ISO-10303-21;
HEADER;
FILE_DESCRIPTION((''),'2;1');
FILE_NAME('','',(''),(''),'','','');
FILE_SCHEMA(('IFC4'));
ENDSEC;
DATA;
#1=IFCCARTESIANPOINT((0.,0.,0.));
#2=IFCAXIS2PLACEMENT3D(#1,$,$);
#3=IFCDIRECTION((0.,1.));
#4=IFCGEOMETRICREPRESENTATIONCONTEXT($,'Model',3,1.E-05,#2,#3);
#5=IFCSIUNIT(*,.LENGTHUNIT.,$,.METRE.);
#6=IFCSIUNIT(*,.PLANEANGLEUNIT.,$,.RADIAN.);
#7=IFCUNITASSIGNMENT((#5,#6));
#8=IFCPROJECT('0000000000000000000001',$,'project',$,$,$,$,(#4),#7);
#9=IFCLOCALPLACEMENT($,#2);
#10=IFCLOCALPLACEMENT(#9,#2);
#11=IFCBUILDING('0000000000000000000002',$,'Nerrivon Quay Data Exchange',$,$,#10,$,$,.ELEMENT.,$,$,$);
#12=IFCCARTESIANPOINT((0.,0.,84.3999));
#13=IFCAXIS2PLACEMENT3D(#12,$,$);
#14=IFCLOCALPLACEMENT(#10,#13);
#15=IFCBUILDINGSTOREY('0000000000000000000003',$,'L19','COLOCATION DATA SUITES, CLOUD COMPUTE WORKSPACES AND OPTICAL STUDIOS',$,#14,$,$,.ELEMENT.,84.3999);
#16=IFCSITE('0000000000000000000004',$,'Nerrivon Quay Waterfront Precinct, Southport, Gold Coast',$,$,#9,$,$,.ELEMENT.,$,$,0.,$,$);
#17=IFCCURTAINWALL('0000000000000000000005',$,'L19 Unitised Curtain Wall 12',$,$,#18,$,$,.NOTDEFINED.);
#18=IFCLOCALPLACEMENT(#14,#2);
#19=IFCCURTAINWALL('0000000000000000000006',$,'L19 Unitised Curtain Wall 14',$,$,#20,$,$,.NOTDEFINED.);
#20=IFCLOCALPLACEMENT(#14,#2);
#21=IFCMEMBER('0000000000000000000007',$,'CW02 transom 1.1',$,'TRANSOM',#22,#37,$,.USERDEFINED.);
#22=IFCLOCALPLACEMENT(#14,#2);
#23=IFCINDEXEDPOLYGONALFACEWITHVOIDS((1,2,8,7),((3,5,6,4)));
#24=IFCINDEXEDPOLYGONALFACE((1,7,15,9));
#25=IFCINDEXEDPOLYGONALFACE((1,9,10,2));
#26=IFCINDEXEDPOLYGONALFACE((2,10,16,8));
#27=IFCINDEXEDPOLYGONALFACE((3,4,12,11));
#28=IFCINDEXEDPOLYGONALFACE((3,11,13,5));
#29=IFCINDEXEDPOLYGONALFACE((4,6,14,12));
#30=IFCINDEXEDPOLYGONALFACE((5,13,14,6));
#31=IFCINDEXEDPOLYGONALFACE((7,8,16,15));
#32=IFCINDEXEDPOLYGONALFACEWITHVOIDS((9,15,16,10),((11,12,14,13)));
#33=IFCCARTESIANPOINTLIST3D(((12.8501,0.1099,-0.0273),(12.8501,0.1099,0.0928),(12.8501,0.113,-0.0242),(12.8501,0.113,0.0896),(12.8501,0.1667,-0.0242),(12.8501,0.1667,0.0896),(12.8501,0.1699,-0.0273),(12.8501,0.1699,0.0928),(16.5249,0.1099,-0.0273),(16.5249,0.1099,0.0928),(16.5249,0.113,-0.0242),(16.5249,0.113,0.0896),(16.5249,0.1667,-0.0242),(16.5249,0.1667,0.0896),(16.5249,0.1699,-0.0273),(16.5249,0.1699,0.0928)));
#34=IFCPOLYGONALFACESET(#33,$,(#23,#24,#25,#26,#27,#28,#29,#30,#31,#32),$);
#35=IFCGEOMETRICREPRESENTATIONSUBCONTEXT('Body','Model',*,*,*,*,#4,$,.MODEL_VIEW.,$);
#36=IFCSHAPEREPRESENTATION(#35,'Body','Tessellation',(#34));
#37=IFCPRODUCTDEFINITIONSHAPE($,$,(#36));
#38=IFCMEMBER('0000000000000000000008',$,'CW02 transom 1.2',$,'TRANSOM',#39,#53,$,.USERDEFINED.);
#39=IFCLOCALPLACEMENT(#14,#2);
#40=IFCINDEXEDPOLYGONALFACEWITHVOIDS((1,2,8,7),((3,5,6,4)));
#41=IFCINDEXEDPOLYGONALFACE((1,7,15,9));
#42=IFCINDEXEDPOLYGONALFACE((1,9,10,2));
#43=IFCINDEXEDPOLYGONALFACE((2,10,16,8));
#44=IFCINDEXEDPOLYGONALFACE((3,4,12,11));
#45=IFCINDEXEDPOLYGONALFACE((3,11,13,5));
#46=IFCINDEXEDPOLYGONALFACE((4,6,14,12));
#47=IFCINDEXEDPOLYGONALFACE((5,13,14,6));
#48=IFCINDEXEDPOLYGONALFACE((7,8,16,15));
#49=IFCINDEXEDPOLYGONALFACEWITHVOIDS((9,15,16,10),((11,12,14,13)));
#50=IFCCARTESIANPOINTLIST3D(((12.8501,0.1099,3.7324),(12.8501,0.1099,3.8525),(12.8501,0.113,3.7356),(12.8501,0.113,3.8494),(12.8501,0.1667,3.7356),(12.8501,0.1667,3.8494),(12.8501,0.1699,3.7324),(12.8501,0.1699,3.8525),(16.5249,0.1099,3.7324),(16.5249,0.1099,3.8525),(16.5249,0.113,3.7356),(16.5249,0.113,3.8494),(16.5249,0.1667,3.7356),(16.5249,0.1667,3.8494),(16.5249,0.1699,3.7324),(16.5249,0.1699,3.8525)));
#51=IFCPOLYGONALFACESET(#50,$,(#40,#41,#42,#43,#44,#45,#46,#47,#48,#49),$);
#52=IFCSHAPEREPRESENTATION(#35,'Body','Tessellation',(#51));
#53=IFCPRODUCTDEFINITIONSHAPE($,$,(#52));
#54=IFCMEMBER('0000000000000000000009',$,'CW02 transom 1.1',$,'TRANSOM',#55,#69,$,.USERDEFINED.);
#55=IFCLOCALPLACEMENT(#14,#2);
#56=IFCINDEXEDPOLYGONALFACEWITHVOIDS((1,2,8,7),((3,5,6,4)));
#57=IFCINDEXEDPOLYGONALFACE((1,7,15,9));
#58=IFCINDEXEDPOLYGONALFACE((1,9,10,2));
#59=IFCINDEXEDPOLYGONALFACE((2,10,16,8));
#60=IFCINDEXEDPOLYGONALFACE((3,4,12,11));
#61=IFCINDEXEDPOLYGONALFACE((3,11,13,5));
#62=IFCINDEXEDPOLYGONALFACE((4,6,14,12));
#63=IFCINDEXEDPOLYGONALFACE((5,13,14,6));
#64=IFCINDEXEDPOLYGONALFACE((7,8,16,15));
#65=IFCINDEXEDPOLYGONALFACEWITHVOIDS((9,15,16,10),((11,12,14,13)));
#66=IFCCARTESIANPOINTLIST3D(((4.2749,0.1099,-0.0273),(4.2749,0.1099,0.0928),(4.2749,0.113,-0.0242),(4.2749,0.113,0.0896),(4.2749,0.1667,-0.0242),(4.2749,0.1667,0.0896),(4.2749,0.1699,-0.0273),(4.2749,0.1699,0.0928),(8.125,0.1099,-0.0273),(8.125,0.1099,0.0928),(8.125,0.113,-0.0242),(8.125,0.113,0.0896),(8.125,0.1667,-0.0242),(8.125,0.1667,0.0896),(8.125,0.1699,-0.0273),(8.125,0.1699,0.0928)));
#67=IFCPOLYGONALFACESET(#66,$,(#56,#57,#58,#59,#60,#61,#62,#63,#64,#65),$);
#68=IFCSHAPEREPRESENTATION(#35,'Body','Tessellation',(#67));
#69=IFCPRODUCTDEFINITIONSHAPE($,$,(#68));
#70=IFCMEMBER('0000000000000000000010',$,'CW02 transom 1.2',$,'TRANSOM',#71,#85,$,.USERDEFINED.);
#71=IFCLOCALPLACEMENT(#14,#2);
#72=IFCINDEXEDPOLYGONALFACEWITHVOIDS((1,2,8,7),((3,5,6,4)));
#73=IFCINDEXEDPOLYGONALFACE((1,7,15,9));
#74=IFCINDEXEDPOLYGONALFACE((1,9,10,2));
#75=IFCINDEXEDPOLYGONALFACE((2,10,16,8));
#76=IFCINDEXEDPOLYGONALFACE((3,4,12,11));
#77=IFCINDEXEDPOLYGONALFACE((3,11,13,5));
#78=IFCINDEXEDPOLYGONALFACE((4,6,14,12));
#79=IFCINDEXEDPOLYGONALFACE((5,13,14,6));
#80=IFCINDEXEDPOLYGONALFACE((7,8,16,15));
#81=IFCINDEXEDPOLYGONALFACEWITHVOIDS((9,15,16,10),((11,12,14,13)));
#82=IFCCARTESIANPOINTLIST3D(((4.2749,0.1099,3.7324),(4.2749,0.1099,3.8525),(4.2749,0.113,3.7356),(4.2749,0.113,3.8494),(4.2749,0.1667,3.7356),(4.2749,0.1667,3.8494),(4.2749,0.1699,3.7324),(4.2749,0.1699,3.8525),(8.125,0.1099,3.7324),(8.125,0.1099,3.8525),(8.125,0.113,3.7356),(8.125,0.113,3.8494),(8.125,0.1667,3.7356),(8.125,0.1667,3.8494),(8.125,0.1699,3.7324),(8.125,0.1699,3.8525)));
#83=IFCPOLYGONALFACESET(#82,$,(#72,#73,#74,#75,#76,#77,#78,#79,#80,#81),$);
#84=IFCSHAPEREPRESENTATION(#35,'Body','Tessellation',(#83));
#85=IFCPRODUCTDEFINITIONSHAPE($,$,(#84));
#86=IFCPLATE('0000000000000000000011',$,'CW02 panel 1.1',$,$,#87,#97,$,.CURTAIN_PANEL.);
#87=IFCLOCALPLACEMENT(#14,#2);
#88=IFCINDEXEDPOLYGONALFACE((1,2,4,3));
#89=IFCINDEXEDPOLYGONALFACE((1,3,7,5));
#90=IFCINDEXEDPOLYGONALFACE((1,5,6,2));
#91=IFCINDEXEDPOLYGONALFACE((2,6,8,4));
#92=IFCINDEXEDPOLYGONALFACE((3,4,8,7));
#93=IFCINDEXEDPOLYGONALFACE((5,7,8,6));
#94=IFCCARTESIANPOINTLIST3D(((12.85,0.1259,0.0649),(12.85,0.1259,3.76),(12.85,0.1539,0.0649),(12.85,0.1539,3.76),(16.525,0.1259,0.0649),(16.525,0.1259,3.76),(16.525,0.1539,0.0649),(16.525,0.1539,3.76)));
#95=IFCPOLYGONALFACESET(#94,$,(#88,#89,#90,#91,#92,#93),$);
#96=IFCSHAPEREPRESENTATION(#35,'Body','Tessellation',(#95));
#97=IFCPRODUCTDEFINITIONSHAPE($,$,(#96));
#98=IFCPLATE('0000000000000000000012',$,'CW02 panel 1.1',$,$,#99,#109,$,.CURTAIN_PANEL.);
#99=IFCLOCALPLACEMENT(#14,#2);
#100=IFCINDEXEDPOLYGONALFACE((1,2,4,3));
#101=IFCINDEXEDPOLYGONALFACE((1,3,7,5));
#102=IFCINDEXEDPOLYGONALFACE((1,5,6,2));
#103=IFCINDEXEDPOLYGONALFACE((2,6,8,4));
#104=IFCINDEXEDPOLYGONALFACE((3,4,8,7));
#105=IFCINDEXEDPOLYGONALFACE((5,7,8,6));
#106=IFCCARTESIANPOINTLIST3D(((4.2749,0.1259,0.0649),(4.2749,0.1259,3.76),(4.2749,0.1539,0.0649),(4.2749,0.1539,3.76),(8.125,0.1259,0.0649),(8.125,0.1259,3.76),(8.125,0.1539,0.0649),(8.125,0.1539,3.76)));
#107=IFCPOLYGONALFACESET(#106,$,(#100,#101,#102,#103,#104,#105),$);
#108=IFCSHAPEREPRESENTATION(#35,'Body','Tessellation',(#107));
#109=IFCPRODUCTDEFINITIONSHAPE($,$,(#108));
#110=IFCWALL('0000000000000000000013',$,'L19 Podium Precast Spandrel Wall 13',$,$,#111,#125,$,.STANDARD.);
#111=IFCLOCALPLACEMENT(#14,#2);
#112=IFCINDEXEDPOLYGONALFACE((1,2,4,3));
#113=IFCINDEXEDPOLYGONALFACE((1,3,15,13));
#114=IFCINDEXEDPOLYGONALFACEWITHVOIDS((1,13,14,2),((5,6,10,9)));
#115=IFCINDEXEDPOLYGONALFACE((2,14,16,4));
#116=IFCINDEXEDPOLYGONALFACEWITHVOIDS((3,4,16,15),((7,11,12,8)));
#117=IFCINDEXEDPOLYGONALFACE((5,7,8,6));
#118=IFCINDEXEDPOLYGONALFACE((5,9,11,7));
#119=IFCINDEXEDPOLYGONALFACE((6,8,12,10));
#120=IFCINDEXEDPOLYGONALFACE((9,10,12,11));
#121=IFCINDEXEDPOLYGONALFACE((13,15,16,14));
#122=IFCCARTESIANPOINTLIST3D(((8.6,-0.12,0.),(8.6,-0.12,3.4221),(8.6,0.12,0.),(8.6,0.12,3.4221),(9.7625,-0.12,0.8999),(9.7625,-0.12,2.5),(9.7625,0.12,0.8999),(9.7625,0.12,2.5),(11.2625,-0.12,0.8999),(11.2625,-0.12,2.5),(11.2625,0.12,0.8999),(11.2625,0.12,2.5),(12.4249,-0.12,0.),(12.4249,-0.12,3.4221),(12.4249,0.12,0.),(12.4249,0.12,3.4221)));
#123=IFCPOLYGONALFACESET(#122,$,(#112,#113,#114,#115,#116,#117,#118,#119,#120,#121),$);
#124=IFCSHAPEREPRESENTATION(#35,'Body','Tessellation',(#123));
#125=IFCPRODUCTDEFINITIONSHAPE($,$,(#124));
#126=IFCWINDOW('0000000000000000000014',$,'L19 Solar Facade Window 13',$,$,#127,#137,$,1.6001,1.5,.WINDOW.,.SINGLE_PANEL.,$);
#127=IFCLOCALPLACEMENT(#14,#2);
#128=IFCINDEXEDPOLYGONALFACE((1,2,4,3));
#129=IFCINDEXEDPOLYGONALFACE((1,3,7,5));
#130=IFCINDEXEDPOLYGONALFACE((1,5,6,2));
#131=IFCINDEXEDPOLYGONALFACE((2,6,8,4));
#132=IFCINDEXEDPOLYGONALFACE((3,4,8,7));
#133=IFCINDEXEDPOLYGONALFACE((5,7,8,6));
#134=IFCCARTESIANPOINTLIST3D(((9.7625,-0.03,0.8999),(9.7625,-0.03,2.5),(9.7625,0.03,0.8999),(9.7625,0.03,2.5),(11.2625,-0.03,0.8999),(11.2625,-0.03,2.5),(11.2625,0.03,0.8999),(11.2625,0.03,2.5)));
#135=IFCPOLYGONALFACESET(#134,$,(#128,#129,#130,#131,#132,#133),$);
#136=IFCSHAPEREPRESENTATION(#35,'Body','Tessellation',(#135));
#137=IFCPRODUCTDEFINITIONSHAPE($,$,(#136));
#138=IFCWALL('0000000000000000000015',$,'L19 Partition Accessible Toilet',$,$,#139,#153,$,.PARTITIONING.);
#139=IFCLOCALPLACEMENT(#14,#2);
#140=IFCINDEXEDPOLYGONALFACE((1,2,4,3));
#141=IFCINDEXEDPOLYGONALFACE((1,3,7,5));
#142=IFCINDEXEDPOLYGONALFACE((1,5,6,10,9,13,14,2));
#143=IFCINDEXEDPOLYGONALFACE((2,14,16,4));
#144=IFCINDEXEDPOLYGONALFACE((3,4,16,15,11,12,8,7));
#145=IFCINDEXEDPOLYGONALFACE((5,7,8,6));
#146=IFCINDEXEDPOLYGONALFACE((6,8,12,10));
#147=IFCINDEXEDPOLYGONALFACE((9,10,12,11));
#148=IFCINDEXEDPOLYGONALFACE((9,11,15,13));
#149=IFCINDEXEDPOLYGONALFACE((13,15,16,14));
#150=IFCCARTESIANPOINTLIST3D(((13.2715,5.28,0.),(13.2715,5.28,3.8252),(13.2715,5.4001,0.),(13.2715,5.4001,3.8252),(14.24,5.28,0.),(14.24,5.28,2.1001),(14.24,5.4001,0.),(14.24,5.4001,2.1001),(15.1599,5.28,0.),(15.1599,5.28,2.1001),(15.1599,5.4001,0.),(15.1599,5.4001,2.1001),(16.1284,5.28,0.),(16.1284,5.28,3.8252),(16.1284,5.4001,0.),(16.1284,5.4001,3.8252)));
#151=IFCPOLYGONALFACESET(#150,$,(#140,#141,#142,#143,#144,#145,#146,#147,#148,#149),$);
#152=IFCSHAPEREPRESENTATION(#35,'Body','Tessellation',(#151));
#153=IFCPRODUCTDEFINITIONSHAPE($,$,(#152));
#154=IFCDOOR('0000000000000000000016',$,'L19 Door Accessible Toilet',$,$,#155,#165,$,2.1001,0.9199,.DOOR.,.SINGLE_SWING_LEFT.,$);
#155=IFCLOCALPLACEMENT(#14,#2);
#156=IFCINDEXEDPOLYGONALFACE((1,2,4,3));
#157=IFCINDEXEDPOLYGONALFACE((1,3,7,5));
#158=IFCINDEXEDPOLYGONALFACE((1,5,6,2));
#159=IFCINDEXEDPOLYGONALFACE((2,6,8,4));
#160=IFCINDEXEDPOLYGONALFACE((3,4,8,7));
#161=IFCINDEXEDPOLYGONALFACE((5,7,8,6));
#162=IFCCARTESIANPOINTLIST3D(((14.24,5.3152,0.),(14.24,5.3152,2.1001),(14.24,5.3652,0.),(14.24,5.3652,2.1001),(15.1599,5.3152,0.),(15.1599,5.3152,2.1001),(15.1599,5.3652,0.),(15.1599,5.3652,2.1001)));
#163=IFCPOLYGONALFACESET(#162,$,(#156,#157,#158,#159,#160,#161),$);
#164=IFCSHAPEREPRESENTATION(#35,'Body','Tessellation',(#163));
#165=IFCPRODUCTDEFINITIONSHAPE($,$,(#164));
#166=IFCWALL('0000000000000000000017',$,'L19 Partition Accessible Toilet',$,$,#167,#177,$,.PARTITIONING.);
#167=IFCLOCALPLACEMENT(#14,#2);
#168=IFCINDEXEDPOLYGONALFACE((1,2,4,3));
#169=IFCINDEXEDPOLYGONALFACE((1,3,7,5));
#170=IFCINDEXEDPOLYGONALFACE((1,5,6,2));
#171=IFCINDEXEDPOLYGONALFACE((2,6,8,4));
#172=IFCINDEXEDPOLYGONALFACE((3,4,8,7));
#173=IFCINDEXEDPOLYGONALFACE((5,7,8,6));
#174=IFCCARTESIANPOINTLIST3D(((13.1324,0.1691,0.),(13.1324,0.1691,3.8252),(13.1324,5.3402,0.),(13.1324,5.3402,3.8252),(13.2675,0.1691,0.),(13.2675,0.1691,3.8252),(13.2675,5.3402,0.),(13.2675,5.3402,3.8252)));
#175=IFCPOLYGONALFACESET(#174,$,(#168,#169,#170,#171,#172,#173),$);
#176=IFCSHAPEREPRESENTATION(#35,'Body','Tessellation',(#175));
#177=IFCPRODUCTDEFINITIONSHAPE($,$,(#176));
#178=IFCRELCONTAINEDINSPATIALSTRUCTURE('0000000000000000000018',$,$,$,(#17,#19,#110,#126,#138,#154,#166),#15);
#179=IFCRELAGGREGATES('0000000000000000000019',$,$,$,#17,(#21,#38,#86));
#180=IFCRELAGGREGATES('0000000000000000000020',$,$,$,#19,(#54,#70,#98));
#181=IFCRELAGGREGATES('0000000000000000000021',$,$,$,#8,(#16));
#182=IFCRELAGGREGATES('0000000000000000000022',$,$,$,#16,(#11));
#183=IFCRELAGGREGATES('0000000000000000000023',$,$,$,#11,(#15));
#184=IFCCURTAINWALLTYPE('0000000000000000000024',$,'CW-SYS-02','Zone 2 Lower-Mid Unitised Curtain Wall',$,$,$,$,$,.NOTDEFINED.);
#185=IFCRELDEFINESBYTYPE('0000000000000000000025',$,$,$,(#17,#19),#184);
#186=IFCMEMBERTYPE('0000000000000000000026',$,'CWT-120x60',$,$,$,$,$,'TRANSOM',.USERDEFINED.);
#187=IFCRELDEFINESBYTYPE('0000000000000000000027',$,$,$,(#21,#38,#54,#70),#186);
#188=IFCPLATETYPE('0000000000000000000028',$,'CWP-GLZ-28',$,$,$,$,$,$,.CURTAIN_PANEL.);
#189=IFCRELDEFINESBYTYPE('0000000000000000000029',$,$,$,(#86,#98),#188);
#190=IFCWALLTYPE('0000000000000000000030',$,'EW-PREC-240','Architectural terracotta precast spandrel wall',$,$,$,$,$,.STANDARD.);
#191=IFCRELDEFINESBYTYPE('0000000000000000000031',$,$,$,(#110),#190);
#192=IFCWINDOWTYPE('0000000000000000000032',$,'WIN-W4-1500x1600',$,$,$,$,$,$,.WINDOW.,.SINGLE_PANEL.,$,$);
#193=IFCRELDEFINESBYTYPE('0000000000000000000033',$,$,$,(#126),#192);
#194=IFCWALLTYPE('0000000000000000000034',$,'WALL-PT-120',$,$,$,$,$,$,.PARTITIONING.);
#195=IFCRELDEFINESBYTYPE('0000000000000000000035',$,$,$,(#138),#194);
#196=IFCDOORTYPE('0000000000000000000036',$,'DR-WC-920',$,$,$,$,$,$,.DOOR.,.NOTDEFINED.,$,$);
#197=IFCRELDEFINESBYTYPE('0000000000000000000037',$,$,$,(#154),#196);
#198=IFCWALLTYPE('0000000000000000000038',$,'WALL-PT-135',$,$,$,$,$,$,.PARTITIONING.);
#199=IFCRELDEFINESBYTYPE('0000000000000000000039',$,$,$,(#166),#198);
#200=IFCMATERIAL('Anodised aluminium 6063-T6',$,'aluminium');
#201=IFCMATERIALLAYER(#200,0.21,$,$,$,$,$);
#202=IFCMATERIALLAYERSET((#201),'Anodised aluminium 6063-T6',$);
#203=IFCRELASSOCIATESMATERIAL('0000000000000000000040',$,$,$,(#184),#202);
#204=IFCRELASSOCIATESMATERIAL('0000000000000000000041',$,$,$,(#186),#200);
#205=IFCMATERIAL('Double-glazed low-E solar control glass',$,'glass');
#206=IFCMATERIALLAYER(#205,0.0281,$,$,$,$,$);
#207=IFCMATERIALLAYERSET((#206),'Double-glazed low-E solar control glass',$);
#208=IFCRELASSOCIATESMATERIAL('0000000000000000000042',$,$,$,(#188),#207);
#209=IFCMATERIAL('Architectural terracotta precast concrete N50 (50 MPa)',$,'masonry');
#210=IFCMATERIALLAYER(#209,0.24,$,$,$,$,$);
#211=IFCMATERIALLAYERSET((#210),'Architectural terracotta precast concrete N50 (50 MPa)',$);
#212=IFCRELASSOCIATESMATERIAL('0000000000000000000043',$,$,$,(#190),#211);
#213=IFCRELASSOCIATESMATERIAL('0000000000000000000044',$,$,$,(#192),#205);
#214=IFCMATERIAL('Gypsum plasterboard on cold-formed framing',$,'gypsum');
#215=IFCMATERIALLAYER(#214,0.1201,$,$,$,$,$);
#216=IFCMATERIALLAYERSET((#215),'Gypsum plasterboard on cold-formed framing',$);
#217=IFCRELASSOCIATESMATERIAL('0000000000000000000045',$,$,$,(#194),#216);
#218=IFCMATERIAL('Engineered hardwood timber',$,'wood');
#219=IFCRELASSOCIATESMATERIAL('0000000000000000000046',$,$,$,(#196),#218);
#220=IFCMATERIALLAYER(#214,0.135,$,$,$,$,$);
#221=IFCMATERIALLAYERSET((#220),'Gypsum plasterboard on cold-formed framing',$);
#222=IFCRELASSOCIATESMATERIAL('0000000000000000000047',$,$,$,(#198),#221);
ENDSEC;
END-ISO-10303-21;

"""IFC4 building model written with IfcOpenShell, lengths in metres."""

from ifc_helpers import new_model, si_unit, direction, frame, frame_2d, origin, origin_2d, place, context, subcontext, project, spatial, rectangle, hollow_rectangle, extrude, material, layer, layer_set, material_profile, profile_set, type_object, element, fill, aggregate, save


model = new_model("IFC4")

# Units and contexts
model_context = context("Model", 3, precision=1e-05, world=origin(), true_north=direction((0.0, 1.0)))
body_context = subcontext(model_context, "Body", "Model", "MODEL_VIEW")
ifc_project = project(units=[si_unit("LENGTHUNIT", "METRE"), si_unit("PLANEANGLEUNIT", "RADIAN")], contexts=[model_context])

# Site, building, storey
site_placement = place(None, origin())
site = spatial("IfcSite", under=ifc_project, at=site_placement, Name="Nerrivon Quay Waterfront Precinct, Southport, Gold Coast", CompositionType="ELEMENT", RefElevation=0.0)
building_placement = place(site_placement, origin())
building = spatial("IfcBuilding", under=site, at=building_placement, Name="Nerrivon Quay Data Exchange", CompositionType="ELEMENT")
storey_placement = place(building_placement, frame((0.0, 0.0, 84.3999)))
storey = spatial("IfcBuildingStorey", under=building, at=storey_placement, Name="L19", Description="COLOCATION DATA SUITES, CLOUD COMPUTE WORKSPACES AND OPTICAL STUDIOS", CompositionType="ELEMENT", Elevation=84.3999)

# Curtain wall
ifc_material_1 = material(Name="Anodised aluminium 6063-T6", Category="aluminium")
ifc_layer_1 = layer(ifc_material_1, 0.21)
ifc_layer_set_1 = layer_set([ifc_layer_1], Name="Anodised aluminium 6063-T6")
curtain_wall_type = type_object("IfcCurtainWallType", Name="CW-SYS-02", Description="Zone 2 Lower-Mid Unitised Curtain Wall", PredefinedType="NOTDEFINED", material=ifc_layer_set_1)
curtain_wall_1_placement = place(storey_placement, origin())
curtain_wall_1 = element("IfcCurtainWall", 1, at=curtain_wall_1_placement, inside=storey, type_object=curtain_wall_type, Name="L19 Unitised Curtain Wall 12", PredefinedType="NOTDEFINED")

# Curtain wall
curtain_wall_2_placement = place(storey_placement, origin())
curtain_wall_2 = element("IfcCurtainWall", 2, at=curtain_wall_2_placement, inside=storey, type_object=curtain_wall_type, Name="L19 Unitised Curtain Wall 14", PredefinedType="NOTDEFINED")

# Members
ifc_material_profile_1 = material_profile(ifc_material_1, hollow_rectangle(XDim=0.0601, YDim=0.1201, WallThickness=0.0032, at=origin_2d()), Name="ALU-TRAN-120x60")
ifc_profile_set_1 = profile_set([ifc_material_profile_1], Name="Anodised aluminium 6063-T6")
member_type_1 = type_object("IfcMemberType", Name="CWT-120x60", ElementType="TRANSOM", PredefinedType="USERDEFINED", material=ifc_profile_set_1)
member_1_placement = place(storey_placement, frame((16.5249, 0.1399, 0.0327), z_axis=(-1.0, 0.0, 0.0), x_axis=(0.0, -1.0, 0.0)))
member_1 = element("IfcMember", 3, at=member_1_placement, type_object=member_type_1, Name="CW02 transom 1.1", ObjectType="TRANSOM", PredefinedType="USERDEFINED", context=body_context, shape_type="SweptSolid", body=[
    extrude(hollow_rectangle(XDim=0.0601, YDim=0.1201, WallThickness=0.0032, at=origin_2d()), origin(), (0.0, 0.0, 1.0), 3.6748),
])
member_2_placement = place(storey_placement, frame((16.5249, 0.1399, 3.7925), z_axis=(-1.0, 0.0, 0.0), x_axis=(0.0, -1.0, 0.0)))
member_2 = element("IfcMember", 4, at=member_2_placement, type_object=member_type_1, Name="CW02 transom 1.2", ObjectType="TRANSOM", PredefinedType="USERDEFINED", context=body_context, shape_type="SweptSolid", body=[
    extrude(hollow_rectangle(XDim=0.0601, YDim=0.1201, WallThickness=0.0032, at=origin_2d()), origin(), (0.0, 0.0, 1.0), 3.6748),
])
member_3_placement = place(storey_placement, frame((8.125, 0.1399, 0.0327), z_axis=(-1.0, 0.0, 0.0), x_axis=(0.0, -1.0, 0.0)))
member_3 = element("IfcMember", 5, at=member_3_placement, type_object=member_type_1, Name="CW02 transom 1.1", ObjectType="TRANSOM", PredefinedType="USERDEFINED", context=body_context, shape_type="SweptSolid", body=[
    extrude(hollow_rectangle(XDim=0.0601, YDim=0.1201, WallThickness=0.0032, at=origin_2d()), origin(), (0.0, 0.0, 1.0), 3.8501),
])
member_4_placement = place(storey_placement, frame((8.125, 0.1399, 3.7925), z_axis=(-1.0, 0.0, 0.0), x_axis=(0.0, -1.0, 0.0)))
member_4 = element("IfcMember", 6, at=member_4_placement, type_object=member_type_1, Name="CW02 transom 1.2", ObjectType="TRANSOM", PredefinedType="USERDEFINED", context=body_context, shape_type="SweptSolid", body=[
    extrude(hollow_rectangle(XDim=0.0601, YDim=0.1201, WallThickness=0.0032, at=origin_2d()), origin(), (0.0, 0.0, 1.0), 3.8501),
])

# Plates
ifc_material_2 = material(Name="Double-glazed low-E solar control glass", Category="glass")
ifc_layer_2 = layer(ifc_material_2, 0.0281)
ifc_layer_set_2 = layer_set([ifc_layer_2], Name="Double-glazed low-E solar control glass")
plate_type = type_object("IfcPlateType", Name="CWP-GLZ-28", PredefinedType="CURTAIN_PANEL", material=ifc_layer_set_2)
plate_1_placement = place(storey_placement, frame((14.6875, 0.1399, 0.0649), z_axis=(0.0, 0.0, 1.0), x_axis=(-1.0, 0.0, 0.0)))
plate_1 = element("IfcPlate", 7, at=plate_1_placement, type_object=plate_type, Name="CW02 panel 1.1", PredefinedType="CURTAIN_PANEL", context=body_context, shape_type="SweptSolid", body=[
    extrude(rectangle(XDim=3.675, YDim=0.0281, at=origin_2d()), origin(), (0.0, 0.0, 1.0), 3.6951),
])
aggregate(curtain_wall_1, [member_1, member_2, plate_1])
plate_2_placement = place(storey_placement, frame((6.2, 0.1399, 0.0649), z_axis=(0.0, 0.0, 1.0), x_axis=(-1.0, 0.0, 0.0)))
plate_2 = element("IfcPlate", 8, at=plate_2_placement, type_object=plate_type, Name="CW02 panel 1.1", PredefinedType="CURTAIN_PANEL", context=body_context, shape_type="SweptSolid", body=[
    extrude(rectangle(XDim=3.8501, YDim=0.0281, at=origin_2d()), origin(), (0.0, 0.0, 1.0), 3.6951),
])
aggregate(curtain_wall_2, [member_3, member_4, plate_2])

# Wall, opening, window
ifc_material_3 = material(Name="Architectural terracotta precast concrete N50 (50 MPa)", Category="masonry")
ifc_layer_3 = layer(ifc_material_3, 0.24)
ifc_layer_set_3 = layer_set([ifc_layer_3], Name="Architectural terracotta precast concrete N50 (50 MPa)")
wall_type_1 = type_object("IfcWallType", Name="EW-PREC-240", Description="Architectural terracotta precast spandrel wall", PredefinedType="STANDARD", material=ifc_layer_set_3)
wall_1_placement = place(storey_placement, frame((12.425, 0.0, 0.0), z_axis=(0.0, 0.0, 1.0), x_axis=(-1.0, 0.0, 0.0)))
wall_1 = element("IfcWall", 9, at=wall_1_placement, inside=storey, type_object=wall_type_1, Name="L19 Podium Precast Spandrel Wall 13", PredefinedType="STANDARD", context=body_context, shape_type="SweptSolid", body=[
    extrude(rectangle(XDim=3.825, YDim=0.24, at=frame_2d((1.9126, 0.0))), origin(), (0.0, 0.0, 1.0), 3.4221),
])
opening_1_placement = place(wall_1_placement, frame((1.1626, 0.0, 0.8999)))
opening_1 = element("IfcOpeningElement", 10, at=opening_1_placement, cuts=wall_1, PredefinedType="OPENING", context=body_context, shape_type="SweptSolid", body=[
    extrude(rectangle(XDim=1.5, YDim=1.6001, at=frame_2d((0.75, 0.8))), frame((0.0, 0.1299, 0.0), z_axis=(0.0, -1.0, 0.0), x_axis=(1.0, 0.0, 0.0)), (0.0, 0.0, 1.0), 0.26),
])
window_type = type_object("IfcWindowType", Name="WIN-W4-1500x1600", PartitioningType="SINGLE_PANEL", PredefinedType="WINDOW", material=ifc_material_2)
window_placement = place(opening_1_placement, origin())
window = element("IfcWindow", 11, at=window_placement, inside=storey, type_object=window_type, Name="L19 Solar Facade Window 13", OverallHeight=1.6001, OverallWidth=1.5, PartitioningType="SINGLE_PANEL", PredefinedType="WINDOW", context=body_context, shape_type="SweptSolid", body=[
    extrude(rectangle(XDim=1.5, YDim=1.6001, at=frame_2d((0.75, 0.8))), frame((0.0, 0.03, 0.0), z_axis=(0.0, -1.0, 0.0), x_axis=(1.0, 0.0, 0.0)), (0.0, 0.0, 1.0), 0.0601),
])
fill(opening_1, window)

# Wall, opening, door
ifc_material_4 = material(Name="Gypsum plasterboard on cold-formed framing", Category="gypsum")
ifc_layer_4 = layer(ifc_material_4, 0.1201)
ifc_layer_set_4 = layer_set([ifc_layer_4], Name="Gypsum plasterboard on cold-formed framing")
wall_type_2 = type_object("IfcWallType", Name="WALL-PT-120", PredefinedType="PARTITIONING", material=ifc_layer_set_4)
wall_2_placement = place(storey_placement, frame((16.1284, 5.3401, 0.0), z_axis=(0.0, 0.0, 1.0), x_axis=(-1.0, 0.0, 0.0)))
wall_2 = element("IfcWall", 12, at=wall_2_placement, inside=storey, type_object=wall_type_2, Name="L19 Partition Accessible Toilet", PredefinedType="PARTITIONING", context=body_context, shape_type="SweptSolid", body=[
    extrude(rectangle(XDim=2.8569, YDim=0.1201, at=frame_2d((1.4285, 0.0))), origin(), (0.0, 0.0, 1.0), 3.8252),
])
opening_2_placement = place(wall_2_placement, frame((0.9685, 0.0, 0.0)))
opening_2 = element("IfcOpeningElement", 13, at=opening_2_placement, cuts=wall_2, PredefinedType="OPENING", context=body_context, shape_type="SweptSolid", body=[
    extrude(rectangle(XDim=0.9199, YDim=2.1001, at=frame_2d((0.46, 1.05))), frame((0.0, 0.0701, 0.0), z_axis=(0.0, -1.0, 0.0), x_axis=(1.0, 0.0, 0.0)), (0.0, 0.0, 1.0), 0.1401),
])
ifc_material_5 = material(Name="Engineered hardwood timber", Category="wood")
door_type = type_object("IfcDoorType", Name="DR-WC-920", OperationType="NOTDEFINED", PredefinedType="DOOR", material=ifc_material_5)
door_placement = place(opening_2_placement, origin())
door = element("IfcDoor", 14, at=door_placement, inside=storey, type_object=door_type, Name="L19 Door Accessible Toilet", OperationType="SINGLE_SWING_LEFT", OverallHeight=2.1001, OverallWidth=0.9199, PredefinedType="DOOR", context=body_context, shape_type="SweptSolid", body=[
    extrude(rectangle(XDim=0.9199, YDim=2.1001, at=frame_2d((0.46, 1.05))), frame((0.0, 0.0249, 0.0), z_axis=(0.0, -1.0, 0.0), x_axis=(1.0, 0.0, 0.0)), (0.0, 0.0, 1.0), 0.05),
])
fill(opening_2, door)

# Wall
ifc_layer_5 = layer(ifc_material_4, 0.135)
ifc_layer_set_5 = layer_set([ifc_layer_5], Name="Gypsum plasterboard on cold-formed framing")
wall_type_3 = type_object("IfcWallType", Name="WALL-PT-135", PredefinedType="PARTITIONING", material=ifc_layer_set_5)
for number, where, z_axis, x_axis, name in (
    (15, (13.2, 5.3401, 0.0), (0.0, 0.0, 1.0), (0.0, -1.0, 0.0), "L19 Partition Accessible Toilet"),
):
    element("IfcWall", number, at=place(storey_placement, frame(where, z_axis=z_axis, x_axis=x_axis)), inside=storey, type_object=wall_type_3, Name=name, PredefinedType="PARTITIONING", context=body_context, shape_type="SweptSolid", body=[
        extrude(rectangle(XDim=5.1711, YDim=0.135, at=frame_2d((2.5854, 0.0))), origin(), (0.0, 0.0, 1.0), 3.8252),
    ])

save(model, "model.ifc")
